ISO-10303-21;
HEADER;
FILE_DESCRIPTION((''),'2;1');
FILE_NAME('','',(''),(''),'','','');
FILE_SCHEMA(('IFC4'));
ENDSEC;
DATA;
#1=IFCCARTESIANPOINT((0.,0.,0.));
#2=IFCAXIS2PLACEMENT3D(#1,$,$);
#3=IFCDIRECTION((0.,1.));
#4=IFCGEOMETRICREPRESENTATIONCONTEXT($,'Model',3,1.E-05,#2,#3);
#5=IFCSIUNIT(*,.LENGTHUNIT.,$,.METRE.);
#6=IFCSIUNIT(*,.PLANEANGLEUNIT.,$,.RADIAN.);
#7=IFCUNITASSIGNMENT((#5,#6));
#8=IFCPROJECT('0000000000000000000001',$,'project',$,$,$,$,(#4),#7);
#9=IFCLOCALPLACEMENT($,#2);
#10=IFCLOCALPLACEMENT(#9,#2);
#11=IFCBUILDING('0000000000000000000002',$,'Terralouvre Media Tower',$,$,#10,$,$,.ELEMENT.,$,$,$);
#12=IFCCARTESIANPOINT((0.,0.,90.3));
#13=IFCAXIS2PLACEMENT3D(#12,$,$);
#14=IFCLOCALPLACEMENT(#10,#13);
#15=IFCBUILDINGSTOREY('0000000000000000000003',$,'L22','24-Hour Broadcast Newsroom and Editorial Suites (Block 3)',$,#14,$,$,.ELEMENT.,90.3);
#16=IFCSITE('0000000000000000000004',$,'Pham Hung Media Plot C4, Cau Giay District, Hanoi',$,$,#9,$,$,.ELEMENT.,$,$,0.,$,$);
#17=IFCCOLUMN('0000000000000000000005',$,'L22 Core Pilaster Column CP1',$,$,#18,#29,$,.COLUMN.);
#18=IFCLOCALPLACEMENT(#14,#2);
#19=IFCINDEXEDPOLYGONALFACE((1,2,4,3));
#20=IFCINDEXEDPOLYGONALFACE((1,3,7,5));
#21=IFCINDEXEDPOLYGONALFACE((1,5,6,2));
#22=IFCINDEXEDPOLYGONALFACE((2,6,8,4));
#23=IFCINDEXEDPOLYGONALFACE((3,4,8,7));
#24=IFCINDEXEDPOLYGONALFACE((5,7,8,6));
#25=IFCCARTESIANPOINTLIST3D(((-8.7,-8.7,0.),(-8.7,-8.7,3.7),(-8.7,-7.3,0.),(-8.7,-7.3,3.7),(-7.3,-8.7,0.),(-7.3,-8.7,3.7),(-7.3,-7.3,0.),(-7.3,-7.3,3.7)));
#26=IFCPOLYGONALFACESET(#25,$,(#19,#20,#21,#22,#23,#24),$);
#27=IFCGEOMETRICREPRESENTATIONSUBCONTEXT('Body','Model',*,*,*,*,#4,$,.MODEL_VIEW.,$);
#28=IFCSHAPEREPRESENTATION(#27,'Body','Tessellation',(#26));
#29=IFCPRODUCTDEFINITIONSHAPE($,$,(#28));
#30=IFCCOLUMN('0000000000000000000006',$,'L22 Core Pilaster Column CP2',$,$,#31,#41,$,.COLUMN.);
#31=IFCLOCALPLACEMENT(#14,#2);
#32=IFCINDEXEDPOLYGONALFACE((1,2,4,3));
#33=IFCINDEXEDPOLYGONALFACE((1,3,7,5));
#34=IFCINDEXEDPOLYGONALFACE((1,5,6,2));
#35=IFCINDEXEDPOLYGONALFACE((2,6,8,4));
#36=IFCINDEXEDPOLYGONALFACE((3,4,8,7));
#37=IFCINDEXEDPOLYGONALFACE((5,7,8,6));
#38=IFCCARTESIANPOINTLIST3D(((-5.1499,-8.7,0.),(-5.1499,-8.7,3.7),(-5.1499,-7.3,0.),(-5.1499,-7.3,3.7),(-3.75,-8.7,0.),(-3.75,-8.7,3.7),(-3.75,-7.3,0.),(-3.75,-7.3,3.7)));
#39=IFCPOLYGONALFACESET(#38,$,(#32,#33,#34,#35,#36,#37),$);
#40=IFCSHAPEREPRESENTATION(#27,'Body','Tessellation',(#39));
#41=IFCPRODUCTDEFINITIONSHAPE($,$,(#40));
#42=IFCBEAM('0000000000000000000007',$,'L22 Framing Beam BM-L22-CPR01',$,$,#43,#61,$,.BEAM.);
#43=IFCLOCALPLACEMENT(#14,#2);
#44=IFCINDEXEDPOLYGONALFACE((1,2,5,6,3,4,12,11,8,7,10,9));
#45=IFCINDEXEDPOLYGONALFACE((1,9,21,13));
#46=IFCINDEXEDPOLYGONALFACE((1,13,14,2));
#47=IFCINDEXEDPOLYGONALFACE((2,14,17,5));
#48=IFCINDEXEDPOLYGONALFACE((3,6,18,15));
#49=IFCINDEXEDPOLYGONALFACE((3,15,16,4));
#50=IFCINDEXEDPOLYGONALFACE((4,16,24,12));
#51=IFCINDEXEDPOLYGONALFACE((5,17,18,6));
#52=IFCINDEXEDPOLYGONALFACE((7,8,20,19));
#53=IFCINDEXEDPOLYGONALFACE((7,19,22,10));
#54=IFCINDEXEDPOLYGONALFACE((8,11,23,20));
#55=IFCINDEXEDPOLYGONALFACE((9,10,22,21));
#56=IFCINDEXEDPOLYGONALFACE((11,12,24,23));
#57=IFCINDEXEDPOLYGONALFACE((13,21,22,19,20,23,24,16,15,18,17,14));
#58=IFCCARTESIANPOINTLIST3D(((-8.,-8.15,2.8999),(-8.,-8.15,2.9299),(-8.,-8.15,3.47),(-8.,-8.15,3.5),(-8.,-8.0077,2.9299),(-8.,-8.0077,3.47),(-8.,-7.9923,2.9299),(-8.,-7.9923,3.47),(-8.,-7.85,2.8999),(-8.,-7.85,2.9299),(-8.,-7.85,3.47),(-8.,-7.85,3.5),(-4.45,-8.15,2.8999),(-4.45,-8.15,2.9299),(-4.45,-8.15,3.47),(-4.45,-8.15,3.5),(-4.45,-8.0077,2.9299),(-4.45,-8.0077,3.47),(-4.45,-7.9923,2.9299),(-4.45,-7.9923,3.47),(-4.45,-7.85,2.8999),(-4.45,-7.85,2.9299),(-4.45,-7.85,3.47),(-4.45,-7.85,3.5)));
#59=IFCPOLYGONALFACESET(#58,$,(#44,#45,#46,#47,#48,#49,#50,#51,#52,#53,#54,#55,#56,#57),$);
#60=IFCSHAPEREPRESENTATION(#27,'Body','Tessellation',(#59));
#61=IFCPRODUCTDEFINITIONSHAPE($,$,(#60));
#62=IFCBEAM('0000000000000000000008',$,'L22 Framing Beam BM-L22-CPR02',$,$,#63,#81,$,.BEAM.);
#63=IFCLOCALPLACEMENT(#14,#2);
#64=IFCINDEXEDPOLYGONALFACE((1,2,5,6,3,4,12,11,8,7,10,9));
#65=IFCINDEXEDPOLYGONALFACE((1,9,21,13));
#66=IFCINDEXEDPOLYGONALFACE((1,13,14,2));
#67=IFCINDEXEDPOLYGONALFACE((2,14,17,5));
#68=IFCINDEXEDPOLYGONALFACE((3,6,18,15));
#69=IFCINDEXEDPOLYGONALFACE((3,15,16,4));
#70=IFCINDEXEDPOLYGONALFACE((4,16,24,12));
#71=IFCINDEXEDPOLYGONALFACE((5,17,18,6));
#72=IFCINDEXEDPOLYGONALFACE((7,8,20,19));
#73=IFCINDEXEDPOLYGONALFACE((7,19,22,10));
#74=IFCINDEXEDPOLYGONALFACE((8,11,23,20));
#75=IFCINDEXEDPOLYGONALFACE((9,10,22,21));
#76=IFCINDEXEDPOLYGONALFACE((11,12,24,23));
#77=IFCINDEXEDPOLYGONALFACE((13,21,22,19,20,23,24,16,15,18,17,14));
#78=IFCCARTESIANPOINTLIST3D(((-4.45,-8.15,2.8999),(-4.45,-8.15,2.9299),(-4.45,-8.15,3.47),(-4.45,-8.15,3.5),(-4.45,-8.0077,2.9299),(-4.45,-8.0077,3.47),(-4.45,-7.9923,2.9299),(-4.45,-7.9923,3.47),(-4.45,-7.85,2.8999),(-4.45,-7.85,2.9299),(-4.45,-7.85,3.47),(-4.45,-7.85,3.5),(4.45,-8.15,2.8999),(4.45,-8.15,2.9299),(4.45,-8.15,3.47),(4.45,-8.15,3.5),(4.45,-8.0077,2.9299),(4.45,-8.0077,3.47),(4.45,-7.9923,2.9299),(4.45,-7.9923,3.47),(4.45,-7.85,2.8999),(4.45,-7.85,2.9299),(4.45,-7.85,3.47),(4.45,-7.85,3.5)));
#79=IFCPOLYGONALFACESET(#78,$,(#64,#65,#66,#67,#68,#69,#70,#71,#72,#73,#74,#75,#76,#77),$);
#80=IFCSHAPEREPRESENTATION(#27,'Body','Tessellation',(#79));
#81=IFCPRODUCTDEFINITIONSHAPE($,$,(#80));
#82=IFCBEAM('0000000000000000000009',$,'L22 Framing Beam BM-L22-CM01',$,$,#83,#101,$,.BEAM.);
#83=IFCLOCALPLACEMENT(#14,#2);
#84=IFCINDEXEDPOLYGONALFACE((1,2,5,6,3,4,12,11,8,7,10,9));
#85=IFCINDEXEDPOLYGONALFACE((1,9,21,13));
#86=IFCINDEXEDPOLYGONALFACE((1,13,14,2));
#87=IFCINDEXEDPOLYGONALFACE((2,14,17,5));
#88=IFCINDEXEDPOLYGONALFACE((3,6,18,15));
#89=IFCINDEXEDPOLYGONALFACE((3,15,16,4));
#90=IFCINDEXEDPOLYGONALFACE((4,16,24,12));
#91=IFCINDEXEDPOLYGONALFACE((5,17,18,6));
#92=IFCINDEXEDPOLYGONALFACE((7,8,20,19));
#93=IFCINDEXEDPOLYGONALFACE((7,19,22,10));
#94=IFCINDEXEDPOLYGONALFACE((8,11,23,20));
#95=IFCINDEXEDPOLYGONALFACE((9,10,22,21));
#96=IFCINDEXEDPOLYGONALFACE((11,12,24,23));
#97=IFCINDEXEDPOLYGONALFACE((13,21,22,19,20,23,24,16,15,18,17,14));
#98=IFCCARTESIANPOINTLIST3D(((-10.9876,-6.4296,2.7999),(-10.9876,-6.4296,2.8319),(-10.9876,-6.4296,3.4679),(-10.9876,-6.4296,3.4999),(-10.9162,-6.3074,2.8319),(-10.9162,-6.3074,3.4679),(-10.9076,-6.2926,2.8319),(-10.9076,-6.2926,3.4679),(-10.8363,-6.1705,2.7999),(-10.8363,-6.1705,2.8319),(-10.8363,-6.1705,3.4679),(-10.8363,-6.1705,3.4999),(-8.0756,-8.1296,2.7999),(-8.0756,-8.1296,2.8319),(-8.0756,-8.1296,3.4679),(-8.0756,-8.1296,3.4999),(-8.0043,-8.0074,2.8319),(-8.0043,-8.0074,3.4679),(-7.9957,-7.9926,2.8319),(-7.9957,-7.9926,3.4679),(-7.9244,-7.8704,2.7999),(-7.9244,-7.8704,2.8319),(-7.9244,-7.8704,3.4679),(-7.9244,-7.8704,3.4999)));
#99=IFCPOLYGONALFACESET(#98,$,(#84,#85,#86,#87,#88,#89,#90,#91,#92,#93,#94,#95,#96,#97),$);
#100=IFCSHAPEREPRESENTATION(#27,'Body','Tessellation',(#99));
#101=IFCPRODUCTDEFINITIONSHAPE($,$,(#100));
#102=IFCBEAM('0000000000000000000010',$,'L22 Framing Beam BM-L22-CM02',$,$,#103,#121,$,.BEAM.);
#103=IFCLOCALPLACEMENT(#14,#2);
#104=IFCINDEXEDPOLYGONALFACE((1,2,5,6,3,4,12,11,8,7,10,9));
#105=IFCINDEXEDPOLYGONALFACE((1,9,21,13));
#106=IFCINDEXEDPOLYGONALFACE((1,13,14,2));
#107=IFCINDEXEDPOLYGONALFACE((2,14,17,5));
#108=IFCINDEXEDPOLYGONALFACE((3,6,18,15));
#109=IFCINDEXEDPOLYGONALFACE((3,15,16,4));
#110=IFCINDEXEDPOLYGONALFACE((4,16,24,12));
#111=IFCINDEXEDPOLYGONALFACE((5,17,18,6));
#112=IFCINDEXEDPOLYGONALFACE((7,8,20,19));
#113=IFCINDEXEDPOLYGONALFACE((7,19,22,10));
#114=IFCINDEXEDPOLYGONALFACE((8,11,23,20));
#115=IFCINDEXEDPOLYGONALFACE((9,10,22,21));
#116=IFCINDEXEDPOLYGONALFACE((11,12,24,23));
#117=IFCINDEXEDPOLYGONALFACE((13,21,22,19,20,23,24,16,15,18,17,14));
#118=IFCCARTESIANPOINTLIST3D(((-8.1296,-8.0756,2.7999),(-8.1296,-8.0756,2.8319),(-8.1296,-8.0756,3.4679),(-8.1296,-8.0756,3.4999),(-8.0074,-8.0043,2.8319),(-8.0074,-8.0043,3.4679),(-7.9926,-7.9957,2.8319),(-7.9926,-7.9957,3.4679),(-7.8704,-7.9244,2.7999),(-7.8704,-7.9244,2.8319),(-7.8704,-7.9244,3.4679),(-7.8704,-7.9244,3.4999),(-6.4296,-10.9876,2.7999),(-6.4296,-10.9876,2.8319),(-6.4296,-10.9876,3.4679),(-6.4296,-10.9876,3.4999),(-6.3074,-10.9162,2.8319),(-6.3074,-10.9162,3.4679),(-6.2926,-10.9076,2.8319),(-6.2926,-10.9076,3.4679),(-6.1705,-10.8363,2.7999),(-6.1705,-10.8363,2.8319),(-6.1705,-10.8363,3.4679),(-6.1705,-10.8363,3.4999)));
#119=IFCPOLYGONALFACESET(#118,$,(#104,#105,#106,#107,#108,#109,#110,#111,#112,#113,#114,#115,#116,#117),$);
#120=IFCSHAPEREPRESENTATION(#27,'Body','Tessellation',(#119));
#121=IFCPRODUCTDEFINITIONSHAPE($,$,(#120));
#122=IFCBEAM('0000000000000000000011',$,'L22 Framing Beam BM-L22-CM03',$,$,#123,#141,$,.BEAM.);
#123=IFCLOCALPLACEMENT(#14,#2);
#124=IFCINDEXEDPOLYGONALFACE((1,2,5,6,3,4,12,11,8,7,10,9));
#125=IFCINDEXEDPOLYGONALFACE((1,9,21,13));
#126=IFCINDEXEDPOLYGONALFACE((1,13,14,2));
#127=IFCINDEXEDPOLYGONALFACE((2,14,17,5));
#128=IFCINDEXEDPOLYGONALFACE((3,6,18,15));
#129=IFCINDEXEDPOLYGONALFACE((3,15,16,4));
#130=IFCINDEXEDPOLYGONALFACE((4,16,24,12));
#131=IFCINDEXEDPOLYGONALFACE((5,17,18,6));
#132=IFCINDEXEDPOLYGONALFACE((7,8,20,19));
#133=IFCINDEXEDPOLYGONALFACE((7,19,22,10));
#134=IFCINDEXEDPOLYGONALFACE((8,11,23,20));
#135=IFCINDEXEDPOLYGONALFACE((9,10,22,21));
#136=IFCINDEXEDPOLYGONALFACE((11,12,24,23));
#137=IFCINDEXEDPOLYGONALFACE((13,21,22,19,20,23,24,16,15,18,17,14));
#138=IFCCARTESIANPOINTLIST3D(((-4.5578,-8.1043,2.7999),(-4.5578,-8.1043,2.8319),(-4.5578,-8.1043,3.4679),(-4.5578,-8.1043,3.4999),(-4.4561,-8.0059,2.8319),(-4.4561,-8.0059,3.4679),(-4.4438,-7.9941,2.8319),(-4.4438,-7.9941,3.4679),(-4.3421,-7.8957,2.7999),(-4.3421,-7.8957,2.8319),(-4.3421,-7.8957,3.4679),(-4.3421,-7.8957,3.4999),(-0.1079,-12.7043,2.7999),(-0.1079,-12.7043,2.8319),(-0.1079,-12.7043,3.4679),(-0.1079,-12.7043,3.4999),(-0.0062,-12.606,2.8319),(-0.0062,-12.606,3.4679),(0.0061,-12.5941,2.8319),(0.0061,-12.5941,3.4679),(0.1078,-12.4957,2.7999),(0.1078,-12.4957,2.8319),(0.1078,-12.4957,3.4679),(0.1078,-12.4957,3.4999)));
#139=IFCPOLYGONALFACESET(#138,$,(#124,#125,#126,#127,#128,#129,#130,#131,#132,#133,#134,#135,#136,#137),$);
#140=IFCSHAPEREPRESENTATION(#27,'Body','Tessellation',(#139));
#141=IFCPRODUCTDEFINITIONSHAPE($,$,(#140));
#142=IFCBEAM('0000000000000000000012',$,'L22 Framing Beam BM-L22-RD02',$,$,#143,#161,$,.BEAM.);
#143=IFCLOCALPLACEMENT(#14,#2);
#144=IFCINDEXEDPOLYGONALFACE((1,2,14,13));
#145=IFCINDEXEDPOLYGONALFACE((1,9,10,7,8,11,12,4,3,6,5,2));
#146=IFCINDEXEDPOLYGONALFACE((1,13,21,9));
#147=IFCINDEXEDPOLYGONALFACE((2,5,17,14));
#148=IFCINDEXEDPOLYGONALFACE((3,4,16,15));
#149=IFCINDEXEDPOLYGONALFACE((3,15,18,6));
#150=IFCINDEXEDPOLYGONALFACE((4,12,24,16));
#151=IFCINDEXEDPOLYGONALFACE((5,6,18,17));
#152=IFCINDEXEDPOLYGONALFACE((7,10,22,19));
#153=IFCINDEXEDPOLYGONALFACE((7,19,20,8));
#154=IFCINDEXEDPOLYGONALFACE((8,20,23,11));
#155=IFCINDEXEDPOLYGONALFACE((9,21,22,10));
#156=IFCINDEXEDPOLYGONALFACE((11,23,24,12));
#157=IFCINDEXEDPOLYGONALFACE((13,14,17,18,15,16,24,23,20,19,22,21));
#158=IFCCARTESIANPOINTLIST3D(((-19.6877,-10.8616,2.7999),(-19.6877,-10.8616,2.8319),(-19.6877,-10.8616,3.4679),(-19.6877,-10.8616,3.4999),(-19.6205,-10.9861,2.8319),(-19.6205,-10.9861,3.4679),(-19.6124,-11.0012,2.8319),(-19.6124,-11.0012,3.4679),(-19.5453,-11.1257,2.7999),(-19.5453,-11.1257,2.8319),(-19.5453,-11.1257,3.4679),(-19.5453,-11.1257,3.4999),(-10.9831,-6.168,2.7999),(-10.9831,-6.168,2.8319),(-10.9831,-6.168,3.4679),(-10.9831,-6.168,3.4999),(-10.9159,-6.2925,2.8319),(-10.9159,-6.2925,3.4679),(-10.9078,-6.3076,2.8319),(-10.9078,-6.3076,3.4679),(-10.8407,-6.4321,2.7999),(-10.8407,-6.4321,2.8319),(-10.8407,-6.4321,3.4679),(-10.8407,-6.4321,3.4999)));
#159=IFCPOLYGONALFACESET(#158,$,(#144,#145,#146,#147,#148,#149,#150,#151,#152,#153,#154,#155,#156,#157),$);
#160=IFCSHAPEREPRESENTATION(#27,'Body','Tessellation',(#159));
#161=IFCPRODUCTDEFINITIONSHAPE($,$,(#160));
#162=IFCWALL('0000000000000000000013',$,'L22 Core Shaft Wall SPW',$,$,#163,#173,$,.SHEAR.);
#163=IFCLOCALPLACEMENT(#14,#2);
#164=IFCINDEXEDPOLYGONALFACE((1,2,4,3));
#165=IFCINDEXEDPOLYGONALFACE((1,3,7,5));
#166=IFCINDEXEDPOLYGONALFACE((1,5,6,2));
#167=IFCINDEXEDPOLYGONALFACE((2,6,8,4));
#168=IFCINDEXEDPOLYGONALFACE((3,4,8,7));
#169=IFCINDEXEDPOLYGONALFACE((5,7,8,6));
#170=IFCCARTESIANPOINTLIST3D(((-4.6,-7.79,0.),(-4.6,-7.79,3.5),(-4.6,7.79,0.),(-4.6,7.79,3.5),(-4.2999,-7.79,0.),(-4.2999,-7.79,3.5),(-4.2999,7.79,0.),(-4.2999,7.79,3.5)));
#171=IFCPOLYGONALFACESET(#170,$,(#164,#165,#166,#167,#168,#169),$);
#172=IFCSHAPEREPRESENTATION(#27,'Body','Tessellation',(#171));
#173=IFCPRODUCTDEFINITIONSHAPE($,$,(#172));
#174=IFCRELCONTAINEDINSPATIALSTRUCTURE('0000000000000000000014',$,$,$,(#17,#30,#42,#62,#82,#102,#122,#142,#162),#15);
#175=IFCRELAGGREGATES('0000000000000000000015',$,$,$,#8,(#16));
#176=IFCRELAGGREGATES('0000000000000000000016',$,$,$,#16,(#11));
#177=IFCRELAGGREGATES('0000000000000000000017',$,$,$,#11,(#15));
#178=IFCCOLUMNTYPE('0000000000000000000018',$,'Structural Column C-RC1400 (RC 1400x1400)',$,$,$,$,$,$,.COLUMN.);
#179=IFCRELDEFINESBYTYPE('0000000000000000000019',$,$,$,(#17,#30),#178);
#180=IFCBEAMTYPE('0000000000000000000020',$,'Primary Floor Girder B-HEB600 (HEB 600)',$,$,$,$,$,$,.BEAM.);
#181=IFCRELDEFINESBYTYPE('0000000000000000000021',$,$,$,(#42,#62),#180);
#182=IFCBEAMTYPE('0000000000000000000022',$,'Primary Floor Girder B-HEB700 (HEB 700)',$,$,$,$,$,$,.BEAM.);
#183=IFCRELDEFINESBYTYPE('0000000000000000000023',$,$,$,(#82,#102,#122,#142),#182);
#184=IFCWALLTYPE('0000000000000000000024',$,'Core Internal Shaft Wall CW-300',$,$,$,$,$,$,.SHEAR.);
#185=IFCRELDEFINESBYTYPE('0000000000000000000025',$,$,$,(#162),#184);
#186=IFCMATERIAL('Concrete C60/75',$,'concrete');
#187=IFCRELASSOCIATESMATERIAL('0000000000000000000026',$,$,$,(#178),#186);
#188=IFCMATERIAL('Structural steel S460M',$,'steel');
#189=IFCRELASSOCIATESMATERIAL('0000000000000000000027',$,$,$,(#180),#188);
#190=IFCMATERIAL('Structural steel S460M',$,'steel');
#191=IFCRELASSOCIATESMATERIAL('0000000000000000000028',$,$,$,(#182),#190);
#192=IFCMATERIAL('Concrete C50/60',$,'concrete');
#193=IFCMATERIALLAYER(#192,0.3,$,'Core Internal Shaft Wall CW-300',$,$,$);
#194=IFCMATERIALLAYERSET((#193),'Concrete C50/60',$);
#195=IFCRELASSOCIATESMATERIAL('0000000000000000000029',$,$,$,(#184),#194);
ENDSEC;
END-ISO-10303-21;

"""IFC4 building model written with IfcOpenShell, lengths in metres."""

from ifc_helpers import new_model, si_unit, direction, frame, frame_2d, origin, origin_2d, place, context, subcontext, project, spatial, rectangle, i_section, extrude, material, layer, layer_set, material_profile, profile_set, type_object, element, save


model = new_model("IFC4")

# Units and contexts
model_context = context("Model", 3, precision=1e-05, world=origin(), true_north=direction((0.0, 1.0)))
body_context = subcontext(model_context, "Body", "Model", "MODEL_VIEW")
ifc_project = project(units=[si_unit("LENGTHUNIT", "METRE"), si_unit("PLANEANGLEUNIT", "RADIAN")], contexts=[model_context])

# Site, building, storey
site_placement = place(None, origin())
site = spatial("IfcSite", under=ifc_project, at=site_placement, Name="Pham Hung Media Plot C4, Cau Giay District, Hanoi", CompositionType="ELEMENT", RefElevation=0.0)
building_placement = place(site_placement, origin())
building = spatial("IfcBuilding", under=site, at=building_placement, Name="Terralouvre Media Tower", CompositionType="ELEMENT")
storey_placement = place(building_placement, frame((0.0, 0.0, 90.3)))
storey = spatial("IfcBuildingStorey", under=building, at=storey_placement, Name="L22", Description="24-Hour Broadcast Newsroom and Editorial Suites (Block 3)", CompositionType="ELEMENT", Elevation=90.3)

# Columns
ifc_material_1 = material(Name="Concrete C60/75", Category="concrete")
ifc_material_profile_1 = material_profile(ifc_material_1, rectangle(XDim=1.3999, YDim=1.3999, at=origin_2d()), Name="RC 1400x1400")
ifc_profile_set_1 = profile_set([ifc_material_profile_1], Name="Concrete C60/75")
column_type = type_object("IfcColumnType", Name="Structural Column C-RC1400 (RC 1400x1400)", PredefinedType="COLUMN", material=ifc_profile_set_1)
for number, where, z_axis, x_axis, name in (
    (1, (-8.0, -8.0, 0.0), (0.0, 0.0, 1.0), (1.0, 0.0, 0.0), "L22 Core Pilaster Column CP1"),
    (2, (-4.45, -8.0, 0.0), (0.0, 0.0, 1.0), (1.0, 0.0, 0.0), "L22 Core Pilaster Column CP2"),
):
    element("IfcColumn", number, at=place(storey_placement, frame(where, z_axis=z_axis, x_axis=x_axis)), inside=storey, type_object=column_type, Name=name, PredefinedType="COLUMN", context=body_context, shape_type="SweptSolid", body=[
        extrude(rectangle(XDim=1.3999, YDim=1.3999, at=origin_2d()), origin(), (0.0, 0.0, 1.0), 3.7),
    ])

# Beams
ifc_material_2 = material(Name="Structural steel S460M", Category="steel")
ifc_material_profile_2 = material_profile(ifc_material_2, i_section(OverallWidth=0.3, OverallDepth=0.6001, WebThickness=0.0154, FlangeThickness=0.03, at=origin_2d()), Name="HEB 600")
ifc_profile_set_2 = profile_set([ifc_material_profile_2], Name="Structural steel S460M")
beam_type_1 = type_object("IfcBeamType", Name="Primary Floor Girder B-HEB600 (HEB 600)", PredefinedType="BEAM", material=ifc_profile_set_2)
beam_1_placement = place(storey_placement, frame((-8.0, -8.0, 3.2), z_axis=(1.0, 0.0, 0.0), x_axis=(0.0, 1.0, 0.0)))
element("IfcBeam", 3, at=beam_1_placement, inside=storey, type_object=beam_type_1, Name="L22 Framing Beam BM-L22-CPR01", PredefinedType="BEAM", context=body_context, shape_type="SweptSolid", body=[
    extrude(i_section(OverallWidth=0.3, OverallDepth=0.6001, WebThickness=0.0154, FlangeThickness=0.03, at=origin_2d()), origin(), (0.0, 0.0, 1.0), 3.55),
])
beam_2_placement = place(storey_placement, frame((-4.45, -8.0, 3.2), z_axis=(1.0, 0.0, 0.0), x_axis=(0.0, 1.0, 0.0)))
element("IfcBeam", 4, at=beam_2_placement, inside=storey, type_object=beam_type_1, Name="L22 Framing Beam BM-L22-CPR02", PredefinedType="BEAM", context=body_context, shape_type="SweptSolid", body=[
    extrude(i_section(OverallWidth=0.3, OverallDepth=0.6001, WebThickness=0.0154, FlangeThickness=0.03, at=origin_2d()), origin(), (0.0, 0.0, 1.0), 8.8999),
])
ifc_material_3 = material(Name="Structural steel S460M", Category="steel")
ifc_material_profile_3 = material_profile(ifc_material_3, i_section(OverallWidth=0.3, OverallDepth=0.7, WebThickness=0.0171, FlangeThickness=0.032, at=origin_2d()), Name="HEB 700")
ifc_profile_set_3 = profile_set([ifc_material_profile_3], Name="Structural steel S460M")
beam_type_2 = type_object("IfcBeamType", Name="Primary Floor Girder B-HEB700 (HEB 700)", PredefinedType="BEAM", material=ifc_profile_set_3)
for number, where, z_axis, x_axis, name in (
    (5, (-8.0, -8.0, 3.1499), (-0.863603, 0.504173, 0.0), (-0.504173, -0.863603, 0.0), "L22 Framing Beam BM-L22-CM01"),
    (6, (-8.0, -8.0, 3.1499), (0.504173, -0.863603, 0.0), (0.863603, 0.504173, 0.0), "L22 Framing Beam BM-L22-CM02"),
):
    element("IfcBeam", number, at=place(storey_placement, frame(where, z_axis=z_axis, x_axis=x_axis)), inside=storey, type_object=beam_type_2, Name=name, PredefinedType="BEAM", context=body_context, shape_type="SweptSolid", body=[
        extrude(i_section(OverallWidth=0.3, OverallDepth=0.7, WebThickness=0.0171, FlangeThickness=0.032, at=origin_2d()), origin(), (0.0, 0.0, 1.0), 3.3718),
    ])
beam_3_placement = place(storey_placement, frame((-4.45, -8.0, 3.1499), z_axis=(0.69528, -0.718739, 0.0), x_axis=(0.718739, 0.69528, 0.0)))
element("IfcBeam", 7, at=beam_3_placement, inside=storey, type_object=beam_type_2, Name="L22 Framing Beam BM-L22-CM03", PredefinedType="BEAM", context=body_context, shape_type="SweptSolid", body=[
    extrude(i_section(OverallWidth=0.3, OverallDepth=0.7, WebThickness=0.0171, FlangeThickness=0.032, at=origin_2d()), origin(), (0.0, 0.0, 1.0), 6.4001),
])
beam_4_placement = place(storey_placement, frame((-10.9119, -6.3, 3.1499), z_axis=(-0.880196, -0.474611, 0.0), x_axis=(0.474611, -0.880196, 0.0)))
element("IfcBeam", 8, at=beam_4_placement, inside=storey, type_object=beam_type_2, Name="L22 Framing Beam BM-L22-RD02", PredefinedType="BEAM", context=body_context, shape_type="SweptSolid", body=[
    extrude(i_section(OverallWidth=0.3, OverallDepth=0.7, WebThickness=0.0171, FlangeThickness=0.032, at=origin_2d()), origin(), (0.0, 0.0, 1.0), 9.8894),
])

# Wall
ifc_material_4 = material(Name="Concrete C50/60", Category="concrete")
ifc_layer_1 = layer(ifc_material_4, 0.3, Name="Core Internal Shaft Wall CW-300")
ifc_layer_set_1 = layer_set([ifc_layer_1], Name="Concrete C50/60")
wall_type_1 = type_object("IfcWallType", Name="Core Internal Shaft Wall CW-300", PredefinedType="SHEAR", material=ifc_layer_set_1)
wall_1_placement = place(storey_placement, frame((-4.45, -7.79, 0.0), z_axis=(0.0, 0.0, 1.0), x_axis=(0.0, 1.0, 0.0)))
element("IfcWall", 9, at=wall_1_placement, inside=storey, type_object=wall_type_1, Name="L22 Core Shaft Wall SPW", PredefinedType="SHEAR", context=body_context, shape_type="SweptSolid", body=[
    extrude(rectangle(XDim=15.5801, YDim=0.3, at=frame_2d((7.79, 0.0))), origin(), (0.0, 0.0, 1.0), 3.5),
])

save(model, "model.ifc")
